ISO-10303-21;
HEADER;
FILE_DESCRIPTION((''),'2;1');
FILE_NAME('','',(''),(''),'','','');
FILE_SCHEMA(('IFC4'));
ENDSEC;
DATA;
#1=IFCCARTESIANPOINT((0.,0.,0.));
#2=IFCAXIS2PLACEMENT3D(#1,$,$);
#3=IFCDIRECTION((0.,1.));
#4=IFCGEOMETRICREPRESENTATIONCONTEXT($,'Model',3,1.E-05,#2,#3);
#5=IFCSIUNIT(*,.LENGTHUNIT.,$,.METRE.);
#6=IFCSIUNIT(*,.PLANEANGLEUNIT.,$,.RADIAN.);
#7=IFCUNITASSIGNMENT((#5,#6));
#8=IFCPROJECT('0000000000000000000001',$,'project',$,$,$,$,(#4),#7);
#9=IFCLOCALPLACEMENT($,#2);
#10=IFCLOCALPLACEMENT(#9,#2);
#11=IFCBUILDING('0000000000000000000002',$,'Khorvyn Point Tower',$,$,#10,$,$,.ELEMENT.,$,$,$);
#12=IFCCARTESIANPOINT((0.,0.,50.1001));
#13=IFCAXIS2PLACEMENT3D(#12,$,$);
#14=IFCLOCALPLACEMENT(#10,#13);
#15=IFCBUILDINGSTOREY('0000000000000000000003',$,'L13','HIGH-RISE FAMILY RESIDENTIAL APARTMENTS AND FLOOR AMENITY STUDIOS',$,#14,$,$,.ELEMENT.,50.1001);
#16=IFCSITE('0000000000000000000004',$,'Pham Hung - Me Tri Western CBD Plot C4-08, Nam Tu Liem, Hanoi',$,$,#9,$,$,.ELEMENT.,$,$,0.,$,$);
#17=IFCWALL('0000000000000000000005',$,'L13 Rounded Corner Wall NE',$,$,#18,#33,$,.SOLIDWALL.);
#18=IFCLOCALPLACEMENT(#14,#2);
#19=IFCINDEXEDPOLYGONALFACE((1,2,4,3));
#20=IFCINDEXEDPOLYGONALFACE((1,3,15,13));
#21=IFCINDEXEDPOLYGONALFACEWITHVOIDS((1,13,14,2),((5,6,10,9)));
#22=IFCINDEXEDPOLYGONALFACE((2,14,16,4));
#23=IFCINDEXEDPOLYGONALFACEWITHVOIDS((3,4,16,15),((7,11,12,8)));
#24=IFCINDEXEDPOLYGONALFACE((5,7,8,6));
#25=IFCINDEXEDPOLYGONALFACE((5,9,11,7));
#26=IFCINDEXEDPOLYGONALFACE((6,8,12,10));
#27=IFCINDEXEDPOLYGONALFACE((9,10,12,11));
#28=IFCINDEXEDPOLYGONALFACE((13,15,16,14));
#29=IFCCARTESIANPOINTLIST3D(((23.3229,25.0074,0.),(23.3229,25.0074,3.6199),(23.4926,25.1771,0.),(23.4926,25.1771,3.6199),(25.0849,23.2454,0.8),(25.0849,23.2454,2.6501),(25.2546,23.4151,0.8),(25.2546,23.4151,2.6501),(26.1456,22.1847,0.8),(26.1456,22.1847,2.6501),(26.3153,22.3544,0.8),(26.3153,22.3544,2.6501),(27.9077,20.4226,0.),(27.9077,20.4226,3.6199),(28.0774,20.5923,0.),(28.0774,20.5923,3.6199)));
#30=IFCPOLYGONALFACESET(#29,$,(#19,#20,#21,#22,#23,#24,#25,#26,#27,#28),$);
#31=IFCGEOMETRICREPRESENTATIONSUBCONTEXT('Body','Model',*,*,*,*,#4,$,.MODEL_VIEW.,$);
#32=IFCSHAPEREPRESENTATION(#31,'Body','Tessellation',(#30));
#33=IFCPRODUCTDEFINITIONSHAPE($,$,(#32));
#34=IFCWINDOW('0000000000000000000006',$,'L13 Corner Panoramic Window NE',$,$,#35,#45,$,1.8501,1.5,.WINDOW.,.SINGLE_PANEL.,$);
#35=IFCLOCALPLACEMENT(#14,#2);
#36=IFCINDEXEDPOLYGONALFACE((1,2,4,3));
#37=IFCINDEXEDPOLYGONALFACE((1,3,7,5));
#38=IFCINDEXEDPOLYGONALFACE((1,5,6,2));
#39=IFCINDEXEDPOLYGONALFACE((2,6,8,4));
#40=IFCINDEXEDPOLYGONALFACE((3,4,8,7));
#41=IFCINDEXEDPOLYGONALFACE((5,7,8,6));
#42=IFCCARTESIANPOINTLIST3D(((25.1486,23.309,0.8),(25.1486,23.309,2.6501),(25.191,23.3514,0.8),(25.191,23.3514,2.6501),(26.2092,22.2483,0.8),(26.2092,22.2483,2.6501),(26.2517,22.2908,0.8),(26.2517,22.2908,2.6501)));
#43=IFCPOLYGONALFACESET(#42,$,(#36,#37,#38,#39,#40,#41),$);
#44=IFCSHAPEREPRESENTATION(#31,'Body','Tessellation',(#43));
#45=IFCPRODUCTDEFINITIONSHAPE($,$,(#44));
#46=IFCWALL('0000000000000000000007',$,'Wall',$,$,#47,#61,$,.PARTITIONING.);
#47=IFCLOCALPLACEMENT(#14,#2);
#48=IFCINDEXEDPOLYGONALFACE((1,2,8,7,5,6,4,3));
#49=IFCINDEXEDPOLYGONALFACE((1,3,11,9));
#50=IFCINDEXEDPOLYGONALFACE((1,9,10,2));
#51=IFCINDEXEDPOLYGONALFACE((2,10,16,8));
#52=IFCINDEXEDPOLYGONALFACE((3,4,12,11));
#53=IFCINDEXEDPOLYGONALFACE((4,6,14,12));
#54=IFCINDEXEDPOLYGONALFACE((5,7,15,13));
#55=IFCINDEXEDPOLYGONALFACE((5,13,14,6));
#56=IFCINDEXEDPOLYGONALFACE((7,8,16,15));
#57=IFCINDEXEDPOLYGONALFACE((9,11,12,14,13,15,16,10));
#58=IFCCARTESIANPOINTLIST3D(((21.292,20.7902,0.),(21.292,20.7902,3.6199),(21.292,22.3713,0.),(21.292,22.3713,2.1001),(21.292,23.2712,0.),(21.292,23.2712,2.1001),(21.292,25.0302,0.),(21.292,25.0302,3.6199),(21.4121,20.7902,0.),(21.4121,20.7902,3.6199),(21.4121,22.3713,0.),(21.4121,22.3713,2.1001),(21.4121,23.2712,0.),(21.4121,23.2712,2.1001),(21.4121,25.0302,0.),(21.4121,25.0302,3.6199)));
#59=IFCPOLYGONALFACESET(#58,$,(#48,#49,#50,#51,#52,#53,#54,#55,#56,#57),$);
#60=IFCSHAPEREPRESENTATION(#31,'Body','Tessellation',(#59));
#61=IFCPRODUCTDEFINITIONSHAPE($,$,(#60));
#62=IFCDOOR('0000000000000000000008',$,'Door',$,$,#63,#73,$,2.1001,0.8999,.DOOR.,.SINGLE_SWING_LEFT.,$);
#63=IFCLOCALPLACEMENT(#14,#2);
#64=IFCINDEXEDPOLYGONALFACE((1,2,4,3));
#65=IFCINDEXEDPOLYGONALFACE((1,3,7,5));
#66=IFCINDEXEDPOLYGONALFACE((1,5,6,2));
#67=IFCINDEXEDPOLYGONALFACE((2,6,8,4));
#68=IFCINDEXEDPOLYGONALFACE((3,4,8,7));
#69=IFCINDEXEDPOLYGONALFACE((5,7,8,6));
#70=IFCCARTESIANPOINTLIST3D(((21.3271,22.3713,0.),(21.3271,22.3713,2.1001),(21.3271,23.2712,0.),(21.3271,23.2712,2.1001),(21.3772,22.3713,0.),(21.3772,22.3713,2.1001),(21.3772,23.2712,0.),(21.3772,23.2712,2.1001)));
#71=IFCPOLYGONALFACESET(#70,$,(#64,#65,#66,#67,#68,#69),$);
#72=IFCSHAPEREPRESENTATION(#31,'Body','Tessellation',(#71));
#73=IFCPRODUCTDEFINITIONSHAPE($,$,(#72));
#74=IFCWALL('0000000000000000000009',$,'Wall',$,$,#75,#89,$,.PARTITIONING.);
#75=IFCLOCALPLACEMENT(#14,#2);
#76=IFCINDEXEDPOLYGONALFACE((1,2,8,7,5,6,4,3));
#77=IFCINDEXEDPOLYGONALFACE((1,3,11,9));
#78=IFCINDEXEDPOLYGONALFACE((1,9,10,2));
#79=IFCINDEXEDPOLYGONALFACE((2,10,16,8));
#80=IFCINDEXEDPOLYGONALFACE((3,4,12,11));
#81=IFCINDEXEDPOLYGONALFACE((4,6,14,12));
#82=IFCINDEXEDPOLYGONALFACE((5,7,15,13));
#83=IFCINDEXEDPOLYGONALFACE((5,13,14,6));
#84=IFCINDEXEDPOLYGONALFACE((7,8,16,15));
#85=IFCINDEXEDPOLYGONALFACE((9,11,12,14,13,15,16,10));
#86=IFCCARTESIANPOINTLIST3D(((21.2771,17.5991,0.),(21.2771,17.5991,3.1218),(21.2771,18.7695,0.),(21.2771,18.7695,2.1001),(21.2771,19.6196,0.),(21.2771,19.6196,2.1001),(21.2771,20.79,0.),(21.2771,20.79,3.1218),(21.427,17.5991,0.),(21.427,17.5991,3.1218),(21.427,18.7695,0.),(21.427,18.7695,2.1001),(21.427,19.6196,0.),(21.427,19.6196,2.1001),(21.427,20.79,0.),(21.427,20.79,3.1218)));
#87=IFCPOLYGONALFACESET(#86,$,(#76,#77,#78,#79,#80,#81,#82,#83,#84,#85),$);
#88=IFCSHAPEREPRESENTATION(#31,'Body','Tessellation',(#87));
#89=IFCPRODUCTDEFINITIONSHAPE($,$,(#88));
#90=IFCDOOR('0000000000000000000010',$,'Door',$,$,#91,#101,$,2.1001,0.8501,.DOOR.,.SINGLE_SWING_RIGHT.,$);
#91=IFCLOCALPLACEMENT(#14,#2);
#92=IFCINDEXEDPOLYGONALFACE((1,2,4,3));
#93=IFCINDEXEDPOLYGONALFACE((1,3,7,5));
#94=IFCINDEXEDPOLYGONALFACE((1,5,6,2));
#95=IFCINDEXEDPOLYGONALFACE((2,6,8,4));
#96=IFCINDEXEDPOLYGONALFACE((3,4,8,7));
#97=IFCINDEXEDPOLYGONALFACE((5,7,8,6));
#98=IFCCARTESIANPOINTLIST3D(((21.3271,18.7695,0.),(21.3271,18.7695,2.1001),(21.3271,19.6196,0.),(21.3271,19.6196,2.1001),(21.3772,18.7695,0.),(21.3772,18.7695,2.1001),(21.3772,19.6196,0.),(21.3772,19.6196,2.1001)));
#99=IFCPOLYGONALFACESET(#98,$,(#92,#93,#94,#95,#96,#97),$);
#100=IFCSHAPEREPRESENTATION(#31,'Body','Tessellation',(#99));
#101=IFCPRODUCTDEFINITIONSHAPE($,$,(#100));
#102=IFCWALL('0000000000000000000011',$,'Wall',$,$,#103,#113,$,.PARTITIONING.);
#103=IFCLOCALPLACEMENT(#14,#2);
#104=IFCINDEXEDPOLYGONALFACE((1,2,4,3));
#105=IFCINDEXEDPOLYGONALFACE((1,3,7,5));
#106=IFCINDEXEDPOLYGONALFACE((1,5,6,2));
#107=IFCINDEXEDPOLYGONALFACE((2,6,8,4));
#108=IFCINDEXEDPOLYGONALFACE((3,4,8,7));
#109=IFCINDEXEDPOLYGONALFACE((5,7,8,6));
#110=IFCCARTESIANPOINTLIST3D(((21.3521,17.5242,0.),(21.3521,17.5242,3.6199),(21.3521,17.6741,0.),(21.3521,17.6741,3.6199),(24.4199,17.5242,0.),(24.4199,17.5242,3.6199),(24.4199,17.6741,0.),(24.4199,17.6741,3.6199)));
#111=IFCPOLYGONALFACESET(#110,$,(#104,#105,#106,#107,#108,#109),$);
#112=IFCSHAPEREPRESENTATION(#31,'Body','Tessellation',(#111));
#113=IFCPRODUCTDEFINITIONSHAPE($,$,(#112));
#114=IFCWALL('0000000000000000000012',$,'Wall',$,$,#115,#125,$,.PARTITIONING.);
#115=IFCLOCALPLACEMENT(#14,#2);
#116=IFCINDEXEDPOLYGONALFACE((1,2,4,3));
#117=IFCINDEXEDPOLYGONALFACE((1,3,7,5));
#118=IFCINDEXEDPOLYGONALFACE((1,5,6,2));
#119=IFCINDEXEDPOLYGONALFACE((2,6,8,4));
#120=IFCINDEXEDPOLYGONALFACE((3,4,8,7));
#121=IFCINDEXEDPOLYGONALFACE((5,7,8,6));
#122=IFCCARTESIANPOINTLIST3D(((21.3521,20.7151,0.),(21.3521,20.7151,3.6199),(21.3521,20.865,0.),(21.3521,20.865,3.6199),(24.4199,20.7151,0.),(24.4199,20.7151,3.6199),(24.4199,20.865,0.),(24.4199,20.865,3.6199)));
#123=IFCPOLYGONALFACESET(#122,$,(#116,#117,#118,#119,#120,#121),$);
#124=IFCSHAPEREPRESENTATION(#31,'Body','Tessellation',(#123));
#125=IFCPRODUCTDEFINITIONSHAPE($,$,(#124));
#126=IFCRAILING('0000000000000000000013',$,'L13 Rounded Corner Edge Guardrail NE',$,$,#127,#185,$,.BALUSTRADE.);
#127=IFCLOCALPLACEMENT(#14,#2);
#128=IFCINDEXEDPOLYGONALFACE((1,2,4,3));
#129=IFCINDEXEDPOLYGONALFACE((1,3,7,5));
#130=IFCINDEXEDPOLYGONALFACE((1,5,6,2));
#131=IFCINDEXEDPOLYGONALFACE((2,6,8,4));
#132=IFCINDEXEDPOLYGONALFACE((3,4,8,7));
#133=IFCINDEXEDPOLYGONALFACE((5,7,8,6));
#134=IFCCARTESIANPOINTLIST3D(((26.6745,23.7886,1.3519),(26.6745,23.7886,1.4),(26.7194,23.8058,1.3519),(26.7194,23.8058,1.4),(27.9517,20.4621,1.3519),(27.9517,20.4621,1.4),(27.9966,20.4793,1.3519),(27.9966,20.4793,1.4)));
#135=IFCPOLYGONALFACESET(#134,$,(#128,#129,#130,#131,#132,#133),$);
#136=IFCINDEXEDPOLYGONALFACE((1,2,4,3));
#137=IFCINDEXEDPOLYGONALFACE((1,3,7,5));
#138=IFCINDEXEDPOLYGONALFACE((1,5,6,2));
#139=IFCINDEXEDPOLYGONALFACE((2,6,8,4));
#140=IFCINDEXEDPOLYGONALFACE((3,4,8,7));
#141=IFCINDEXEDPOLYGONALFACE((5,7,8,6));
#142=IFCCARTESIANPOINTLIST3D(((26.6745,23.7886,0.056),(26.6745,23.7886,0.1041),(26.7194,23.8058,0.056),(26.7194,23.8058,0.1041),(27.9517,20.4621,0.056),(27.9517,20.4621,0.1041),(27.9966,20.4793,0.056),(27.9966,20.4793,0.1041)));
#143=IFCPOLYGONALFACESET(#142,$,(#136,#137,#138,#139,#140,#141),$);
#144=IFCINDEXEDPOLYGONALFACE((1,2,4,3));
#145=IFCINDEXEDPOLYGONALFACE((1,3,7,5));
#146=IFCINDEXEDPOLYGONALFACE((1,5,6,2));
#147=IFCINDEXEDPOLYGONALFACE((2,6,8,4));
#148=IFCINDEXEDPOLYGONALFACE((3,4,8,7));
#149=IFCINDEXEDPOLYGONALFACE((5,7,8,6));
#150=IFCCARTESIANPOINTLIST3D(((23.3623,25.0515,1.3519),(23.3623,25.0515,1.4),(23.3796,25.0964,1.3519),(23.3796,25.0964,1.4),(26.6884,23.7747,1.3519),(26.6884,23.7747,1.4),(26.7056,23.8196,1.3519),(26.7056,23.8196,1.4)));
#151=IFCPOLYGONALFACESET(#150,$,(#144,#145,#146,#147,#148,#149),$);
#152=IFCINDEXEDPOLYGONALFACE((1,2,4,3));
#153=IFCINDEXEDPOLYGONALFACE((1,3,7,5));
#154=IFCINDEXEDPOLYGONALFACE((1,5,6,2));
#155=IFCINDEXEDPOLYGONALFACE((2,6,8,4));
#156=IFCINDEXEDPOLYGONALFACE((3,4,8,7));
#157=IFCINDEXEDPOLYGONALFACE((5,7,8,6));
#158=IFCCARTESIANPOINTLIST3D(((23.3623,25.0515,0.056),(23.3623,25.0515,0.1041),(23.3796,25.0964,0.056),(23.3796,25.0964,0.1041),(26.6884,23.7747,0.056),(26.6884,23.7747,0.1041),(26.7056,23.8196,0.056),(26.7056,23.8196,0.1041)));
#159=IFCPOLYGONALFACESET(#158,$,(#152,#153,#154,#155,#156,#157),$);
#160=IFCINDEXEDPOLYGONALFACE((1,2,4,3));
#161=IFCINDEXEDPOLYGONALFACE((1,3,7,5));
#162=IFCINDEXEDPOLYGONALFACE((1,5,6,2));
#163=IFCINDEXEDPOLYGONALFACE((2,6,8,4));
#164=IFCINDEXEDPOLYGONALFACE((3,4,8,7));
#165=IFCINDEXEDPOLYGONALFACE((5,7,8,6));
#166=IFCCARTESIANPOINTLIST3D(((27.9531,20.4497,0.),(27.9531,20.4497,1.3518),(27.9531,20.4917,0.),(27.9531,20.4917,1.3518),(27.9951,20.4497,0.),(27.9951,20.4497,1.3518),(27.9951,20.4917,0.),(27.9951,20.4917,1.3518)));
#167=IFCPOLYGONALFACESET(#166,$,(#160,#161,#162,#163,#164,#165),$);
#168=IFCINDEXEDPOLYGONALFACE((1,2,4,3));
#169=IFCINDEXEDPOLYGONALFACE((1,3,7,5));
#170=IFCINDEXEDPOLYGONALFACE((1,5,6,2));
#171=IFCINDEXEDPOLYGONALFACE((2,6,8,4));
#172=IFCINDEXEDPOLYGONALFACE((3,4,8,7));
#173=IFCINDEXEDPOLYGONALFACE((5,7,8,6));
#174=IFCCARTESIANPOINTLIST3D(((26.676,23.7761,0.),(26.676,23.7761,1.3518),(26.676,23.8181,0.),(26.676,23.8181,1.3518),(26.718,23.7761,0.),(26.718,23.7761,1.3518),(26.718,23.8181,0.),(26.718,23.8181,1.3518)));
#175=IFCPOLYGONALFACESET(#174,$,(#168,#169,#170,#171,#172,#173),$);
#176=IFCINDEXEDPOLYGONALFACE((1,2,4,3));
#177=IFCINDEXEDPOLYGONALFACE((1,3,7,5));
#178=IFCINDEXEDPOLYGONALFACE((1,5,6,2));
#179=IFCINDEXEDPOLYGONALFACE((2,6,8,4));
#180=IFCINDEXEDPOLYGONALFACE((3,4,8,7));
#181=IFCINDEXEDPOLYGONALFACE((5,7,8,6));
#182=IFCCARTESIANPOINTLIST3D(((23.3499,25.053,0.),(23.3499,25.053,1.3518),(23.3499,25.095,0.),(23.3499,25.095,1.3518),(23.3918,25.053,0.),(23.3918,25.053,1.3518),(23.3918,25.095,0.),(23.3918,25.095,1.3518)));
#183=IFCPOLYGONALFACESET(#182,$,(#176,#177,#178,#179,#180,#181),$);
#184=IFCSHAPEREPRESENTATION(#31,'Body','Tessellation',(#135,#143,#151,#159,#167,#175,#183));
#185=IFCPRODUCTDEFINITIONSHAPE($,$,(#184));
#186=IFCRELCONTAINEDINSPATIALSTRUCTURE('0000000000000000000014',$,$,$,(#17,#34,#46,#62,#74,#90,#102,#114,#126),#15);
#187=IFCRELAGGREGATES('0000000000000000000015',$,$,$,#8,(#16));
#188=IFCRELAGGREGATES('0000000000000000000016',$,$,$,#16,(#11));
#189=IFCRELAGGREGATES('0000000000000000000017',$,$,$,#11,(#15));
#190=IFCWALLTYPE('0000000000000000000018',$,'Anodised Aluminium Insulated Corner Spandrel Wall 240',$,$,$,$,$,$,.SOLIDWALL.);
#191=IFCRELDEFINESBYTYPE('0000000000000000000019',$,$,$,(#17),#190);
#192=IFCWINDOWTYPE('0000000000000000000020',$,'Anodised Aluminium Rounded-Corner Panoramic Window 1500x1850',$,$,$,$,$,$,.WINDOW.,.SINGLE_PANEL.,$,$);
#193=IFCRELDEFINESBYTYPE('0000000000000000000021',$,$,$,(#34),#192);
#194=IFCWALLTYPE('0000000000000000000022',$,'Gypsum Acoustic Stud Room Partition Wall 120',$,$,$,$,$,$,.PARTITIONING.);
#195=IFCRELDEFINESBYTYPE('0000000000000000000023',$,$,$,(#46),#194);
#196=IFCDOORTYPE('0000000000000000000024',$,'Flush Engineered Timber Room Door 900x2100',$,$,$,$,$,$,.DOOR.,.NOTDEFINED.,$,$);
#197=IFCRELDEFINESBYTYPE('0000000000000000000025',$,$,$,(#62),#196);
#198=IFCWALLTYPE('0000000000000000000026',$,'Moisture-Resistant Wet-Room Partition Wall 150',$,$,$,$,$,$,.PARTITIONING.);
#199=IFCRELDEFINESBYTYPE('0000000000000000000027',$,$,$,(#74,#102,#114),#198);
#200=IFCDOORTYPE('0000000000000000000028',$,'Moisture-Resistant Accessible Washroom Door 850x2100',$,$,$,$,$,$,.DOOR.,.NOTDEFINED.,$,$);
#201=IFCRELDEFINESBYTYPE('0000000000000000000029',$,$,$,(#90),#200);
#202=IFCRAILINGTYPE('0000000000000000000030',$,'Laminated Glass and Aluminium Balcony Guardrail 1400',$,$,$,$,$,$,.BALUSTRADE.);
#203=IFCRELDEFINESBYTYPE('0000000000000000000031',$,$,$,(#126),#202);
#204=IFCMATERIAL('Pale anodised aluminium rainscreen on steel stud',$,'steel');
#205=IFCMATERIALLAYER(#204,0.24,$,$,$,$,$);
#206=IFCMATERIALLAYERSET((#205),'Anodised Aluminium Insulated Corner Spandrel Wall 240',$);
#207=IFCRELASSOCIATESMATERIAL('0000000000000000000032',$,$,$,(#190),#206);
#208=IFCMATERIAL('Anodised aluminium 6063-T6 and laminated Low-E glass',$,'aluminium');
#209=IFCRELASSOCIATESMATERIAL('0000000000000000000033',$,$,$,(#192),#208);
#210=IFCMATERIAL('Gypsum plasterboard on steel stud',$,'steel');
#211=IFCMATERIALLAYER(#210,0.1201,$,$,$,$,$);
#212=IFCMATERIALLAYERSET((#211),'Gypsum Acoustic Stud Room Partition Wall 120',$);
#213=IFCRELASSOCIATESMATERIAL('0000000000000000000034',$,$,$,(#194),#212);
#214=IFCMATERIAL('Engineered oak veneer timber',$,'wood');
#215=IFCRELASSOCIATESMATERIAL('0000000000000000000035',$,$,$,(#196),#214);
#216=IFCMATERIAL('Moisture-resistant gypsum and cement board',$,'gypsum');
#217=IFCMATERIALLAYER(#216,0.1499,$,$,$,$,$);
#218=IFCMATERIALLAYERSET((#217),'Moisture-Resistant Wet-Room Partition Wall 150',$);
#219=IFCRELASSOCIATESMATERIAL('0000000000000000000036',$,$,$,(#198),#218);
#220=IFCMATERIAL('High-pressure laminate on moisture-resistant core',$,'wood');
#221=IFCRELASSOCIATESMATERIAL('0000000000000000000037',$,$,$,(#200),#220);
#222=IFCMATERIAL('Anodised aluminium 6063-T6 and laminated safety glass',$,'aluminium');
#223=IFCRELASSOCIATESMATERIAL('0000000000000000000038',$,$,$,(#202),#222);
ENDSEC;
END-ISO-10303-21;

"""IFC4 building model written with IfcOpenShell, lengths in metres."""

from ifc_helpers import new_model, si_unit, direction, frame, frame_2d, origin, origin_2d, place, context, subcontext, project, spatial, rectangle, extrude, material, layer, layer_set, type_object, element, fill, save


model = new_model("IFC4")

# Units and contexts
model_context = context("Model", 3, precision=1e-05, world=origin(), true_north=direction((0.0, 1.0)))
body_context = subcontext(model_context, "Body", "Model", "MODEL_VIEW")
ifc_project = project(units=[si_unit("LENGTHUNIT", "METRE"), si_unit("PLANEANGLEUNIT", "RADIAN")], contexts=[model_context])

# Site, building, storey
site_placement = place(None, origin())
site = spatial("IfcSite", under=ifc_project, at=site_placement, Name="Pham Hung - Me Tri Western CBD Plot C4-08, Nam Tu Liem, Hanoi", CompositionType="ELEMENT", RefElevation=0.0)
building_placement = place(site_placement, origin())
building = spatial("IfcBuilding", under=site, at=building_placement, Name="Khorvyn Point Tower", CompositionType="ELEMENT")
storey_placement = place(building_placement, frame((0.0, 0.0, 50.1001)))
storey = spatial("IfcBuildingStorey", under=building, at=storey_placement, Name="L13", Description="HIGH-RISE FAMILY RESIDENTIAL APARTMENTS AND FLOOR AMENITY STUDIOS", CompositionType="ELEMENT", Elevation=50.1001)

# Shared definitions
ifc_material_1 = material(Name="Anodised aluminium 6063-T6 and laminated Low-E glass", Category="aluminium")

# Wall, opening, window
ifc_material_2 = material(Name="Pale anodised aluminium rainscreen on steel stud", Category="steel")
ifc_layer_1 = layer(ifc_material_2, 0.24)
ifc_layer_set_1 = layer_set([ifc_layer_1], Name="Anodised Aluminium Insulated Corner Spandrel Wall 240")
wall_type_1 = type_object("IfcWallType", Name="Anodised Aluminium Insulated Corner Spandrel Wall 240", PredefinedType="SOLIDWALL", material=ifc_layer_set_1)
wall_1_placement = place(storey_placement, frame((23.4077, 25.0923, 0.0), z_axis=(0.0, 0.0, 1.0), x_axis=(0.707107, -0.707107, 0.0)))
wall_1 = element("IfcWall", 1, at=wall_1_placement, inside=storey, type_object=wall_type_1, Name="L13 Rounded Corner Wall NE", PredefinedType="SOLIDWALL", context=body_context, shape_type="SweptSolid", body=[
    extrude(rectangle(XDim=6.4839, YDim=0.24, at=frame_2d((3.2419, 0.0))), origin(), (0.0, 0.0, 1.0), 3.6199),
])
opening_1_placement = place(wall_1_placement, frame((2.4919, 0.0, 0.8)))
opening_1 = element("IfcOpeningElement", 2, at=opening_1_placement, cuts=wall_1, PredefinedType="OPENING", context=body_context, shape_type="SweptSolid", body=[
    extrude(rectangle(XDim=1.5, YDim=1.8501, at=frame_2d((0.75, 0.925))), frame((0.0, 0.1299, 0.0), z_axis=(0.0, -1.0, 0.0), x_axis=(1.0, 0.0, 0.0)), (0.0, 0.0, 1.0), 0.26),
])
window_type = type_object("IfcWindowType", Name="Anodised Aluminium Rounded-Corner Panoramic Window 1500x1850", PartitioningType="SINGLE_PANEL", PredefinedType="WINDOW", material=ifc_material_1)
window_placement = place(opening_1_placement, origin())
window = element("IfcWindow", 3, at=window_placement, inside=storey, type_object=window_type, Name="L13 Corner Panoramic Window NE", OverallHeight=1.8501, OverallWidth=1.5, PartitioningType="SINGLE_PANEL", PredefinedType="WINDOW", context=body_context, shape_type="SweptSolid", body=[
    extrude(rectangle(XDim=1.5, YDim=1.8501, at=frame_2d((0.75, 0.925))), frame((0.0, 0.03, 0.0), z_axis=(0.0, -1.0, 0.0), x_axis=(1.0, 0.0, 0.0)), (0.0, 0.0, 1.0), 0.0601),
])
fill(opening_1, window)

# Walls, openings, doors
ifc_material_3 = material(Name="Gypsum plasterboard on steel stud", Category="steel")
ifc_layer_2 = layer(ifc_material_3, 0.1201)
ifc_layer_set_2 = layer_set([ifc_layer_2], Name="Gypsum Acoustic Stud Room Partition Wall 120")
wall_type_2 = type_object("IfcWallType", Name="Gypsum Acoustic Stud Room Partition Wall 120", PredefinedType="PARTITIONING", material=ifc_layer_set_2)
wall_2_placement = place(storey_placement, frame((21.3521, 20.79, 0.0), z_axis=(0.0, 0.0, 1.0), x_axis=(0.0, 1.0, 0.0)))
wall_2 = element("IfcWall", 4, at=wall_2_placement, inside=storey, type_object=wall_type_2, Name="Wall", PredefinedType="PARTITIONING", context=body_context, shape_type="SweptSolid", body=[
    extrude(rectangle(XDim=4.24, YDim=0.1201, at=frame_2d((2.1201, 0.0))), origin(), (0.0, 0.0, 1.0), 3.6199),
])
opening_2_placement = place(wall_2_placement, frame((1.5813, 0.0, 0.0)))
opening_2 = element("IfcOpeningElement", 5, at=opening_2_placement, cuts=wall_2, PredefinedType="OPENING", context=body_context, shape_type="SweptSolid", body=[
    extrude(rectangle(XDim=0.8999, YDim=2.1001, at=frame_2d((0.45, 1.05))), frame((0.0, 0.0701, 0.0), z_axis=(0.0, -1.0, 0.0), x_axis=(1.0, 0.0, 0.0)), (0.0, 0.0, 1.0), 0.1401),
])
ifc_material_4 = material(Name="Engineered oak veneer timber", Category="wood")
door_type_1 = type_object("IfcDoorType", Name="Flush Engineered Timber Room Door 900x2100", OperationType="NOTDEFINED", PredefinedType="DOOR", material=ifc_material_4)
door_1_placement = place(opening_2_placement, origin())
door_1 = element("IfcDoor", 6, at=door_1_placement, inside=storey, type_object=door_type_1, Name="Door", OperationType="SINGLE_SWING_LEFT", OverallHeight=2.1001, OverallWidth=0.8999, PredefinedType="DOOR", context=body_context, shape_type="SweptSolid", body=[
    extrude(rectangle(XDim=0.8999, YDim=2.1001, at=frame_2d((0.45, 1.05))), frame((0.0, 0.0249, 0.0), z_axis=(0.0, -1.0, 0.0), x_axis=(1.0, 0.0, 0.0)), (0.0, 0.0, 1.0), 0.05),
])
fill(opening_2, door_1)
ifc_material_5 = material(Name="Moisture-resistant gypsum and cement board", Category="gypsum")
ifc_layer_3 = layer(ifc_material_5, 0.1499)
ifc_layer_set_3 = layer_set([ifc_layer_3], Name="Moisture-Resistant Wet-Room Partition Wall 150")
wall_type_3 = type_object("IfcWallType", Name="Moisture-Resistant Wet-Room Partition Wall 150", PredefinedType="PARTITIONING", material=ifc_layer_set_3)
wall_3_placement = place(storey_placement, frame((21.3521, 17.5991, 0.0), z_axis=(0.0, 0.0, 1.0), x_axis=(0.0, 1.0, 0.0)))
wall_3 = element("IfcWall", 7, at=wall_3_placement, inside=storey, type_object=wall_type_3, Name="Wall", PredefinedType="PARTITIONING", context=body_context, shape_type="SweptSolid", body=[
    extrude(rectangle(XDim=3.1909, YDim=0.1499, at=frame_2d((1.5955, 0.0))), origin(), (0.0, 0.0, 1.0), 3.1218),
])
opening_3_placement = place(wall_3_placement, frame((1.1704, 0.0, 0.0)))
opening_3 = element("IfcOpeningElement", 8, at=opening_3_placement, cuts=wall_3, PredefinedType="OPENING", context=body_context, shape_type="SweptSolid", body=[
    extrude(rectangle(XDim=0.8501, YDim=2.1001, at=frame_2d((0.425, 1.05))), frame((0.0, 0.085, 0.0), z_axis=(0.0, -1.0, 0.0), x_axis=(1.0, 0.0, 0.0)), (0.0, 0.0, 1.0), 0.1699),
])
ifc_material_6 = material(Name="High-pressure laminate on moisture-resistant core", Category="wood")
door_type_2 = type_object("IfcDoorType", Name="Moisture-Resistant Accessible Washroom Door 850x2100", OperationType="NOTDEFINED", PredefinedType="DOOR", material=ifc_material_6)
door_2_placement = place(opening_3_placement, origin())
door_2 = element("IfcDoor", 9, at=door_2_placement, inside=storey, type_object=door_type_2, Name="Door", OperationType="SINGLE_SWING_RIGHT", OverallHeight=2.1001, OverallWidth=0.8501, PredefinedType="DOOR", context=body_context, shape_type="SweptSolid", body=[
    extrude(rectangle(XDim=0.8501, YDim=2.1001, at=frame_2d((0.425, 1.05))), frame((0.0, 0.0249, 0.0), z_axis=(0.0, -1.0, 0.0), x_axis=(1.0, 0.0, 0.0)), (0.0, 0.0, 1.0), 0.05),
])
fill(opening_3, door_2)

# Walls
for number, where, z_axis, x_axis, name in (
    (10, (21.3521, 17.5991, 0.0), (0.0, 0.0, 1.0), (1.0, 0.0, 0.0), "Wall"),
    (11, (21.3521, 20.79, 0.0), (0.0, 0.0, 1.0), (1.0, 0.0, 0.0), "Wall"),
):
    element("IfcWall", number, at=place(storey_placement, frame(where, z_axis=z_axis, x_axis=x_axis)), inside=storey, type_object=wall_type_3, Name=name, PredefinedType="PARTITIONING", context=body_context, shape_type="SweptSolid", body=[
        extrude(rectangle(XDim=3.0679, YDim=0.1499, at=frame_2d((1.5339, 0.0))), origin(), (0.0, 0.0, 1.0), 3.6199),
    ])

# Railing
ifc_material_7 = material(Name="Anodised aluminium 6063-T6 and laminated safety glass", Category="aluminium")
railing_type = type_object("IfcRailingType", Name="Laminated Glass and Aluminium Balcony Guardrail 1400", PredefinedType="BALUSTRADE", material=ifc_material_7)
railing_placement = place(storey_placement, frame((27.9741, 20.4707, 0.0)))
element("IfcRailing", 12, at=railing_placement, inside=storey, type_object=railing_type, Name="L13 Rounded Corner Edge Guardrail NE", PredefinedType="BALUSTRADE", context=body_context, shape_type="SweptSolid", body=[
    extrude(rectangle(XDim=0.0481, YDim=0.0481, at=origin_2d()), frame((0.0, 0.0, 1.376), z_axis=(-0.358419, 0.933561, 0.0), x_axis=(-0.933561, -0.358419, 0.0)), (0.0, 0.0, 1.0), 3.5632),
    extrude(rectangle(XDim=0.0481, YDim=0.0481, at=origin_2d()), frame((0.0, 0.0, 0.0801), z_axis=(-0.358419, 0.933561, 0.0), x_axis=(-0.933561, -0.358419, 0.0)), (0.0, 0.0, 1.0), 3.5632),
    extrude(rectangle(XDim=0.0481, YDim=0.0481, at=origin_2d()), frame((-1.2771, 3.3264, 1.376), z_axis=(-0.933575, 0.358382, 0.0), x_axis=(-0.358382, -0.933575, 0.0)), (0.0, 0.0, 1.0), 3.5627),
    extrude(rectangle(XDim=0.0481, YDim=0.0481, at=origin_2d()), frame((-1.2771, 3.3264, 0.0801), z_axis=(-0.933575, 0.358382, 0.0), x_axis=(-0.358382, -0.933575, 0.0)), (0.0, 0.0, 1.0), 3.5627),
    extrude(rectangle(XDim=0.042, YDim=0.042, at=origin_2d()), origin(), (0.0, 0.0, 1.0), 1.3518),
    extrude(rectangle(XDim=0.042, YDim=0.042, at=origin_2d()), frame((-1.2771, 3.3264, 0.0)), (0.0, 0.0, 1.0), 1.3518),
    extrude(rectangle(XDim=0.042, YDim=0.042, at=origin_2d()), frame((-4.6033, 4.6033, 0.0)), (0.0, 0.0, 1.0), 1.3518),
])

save(model, "model.ifc")
